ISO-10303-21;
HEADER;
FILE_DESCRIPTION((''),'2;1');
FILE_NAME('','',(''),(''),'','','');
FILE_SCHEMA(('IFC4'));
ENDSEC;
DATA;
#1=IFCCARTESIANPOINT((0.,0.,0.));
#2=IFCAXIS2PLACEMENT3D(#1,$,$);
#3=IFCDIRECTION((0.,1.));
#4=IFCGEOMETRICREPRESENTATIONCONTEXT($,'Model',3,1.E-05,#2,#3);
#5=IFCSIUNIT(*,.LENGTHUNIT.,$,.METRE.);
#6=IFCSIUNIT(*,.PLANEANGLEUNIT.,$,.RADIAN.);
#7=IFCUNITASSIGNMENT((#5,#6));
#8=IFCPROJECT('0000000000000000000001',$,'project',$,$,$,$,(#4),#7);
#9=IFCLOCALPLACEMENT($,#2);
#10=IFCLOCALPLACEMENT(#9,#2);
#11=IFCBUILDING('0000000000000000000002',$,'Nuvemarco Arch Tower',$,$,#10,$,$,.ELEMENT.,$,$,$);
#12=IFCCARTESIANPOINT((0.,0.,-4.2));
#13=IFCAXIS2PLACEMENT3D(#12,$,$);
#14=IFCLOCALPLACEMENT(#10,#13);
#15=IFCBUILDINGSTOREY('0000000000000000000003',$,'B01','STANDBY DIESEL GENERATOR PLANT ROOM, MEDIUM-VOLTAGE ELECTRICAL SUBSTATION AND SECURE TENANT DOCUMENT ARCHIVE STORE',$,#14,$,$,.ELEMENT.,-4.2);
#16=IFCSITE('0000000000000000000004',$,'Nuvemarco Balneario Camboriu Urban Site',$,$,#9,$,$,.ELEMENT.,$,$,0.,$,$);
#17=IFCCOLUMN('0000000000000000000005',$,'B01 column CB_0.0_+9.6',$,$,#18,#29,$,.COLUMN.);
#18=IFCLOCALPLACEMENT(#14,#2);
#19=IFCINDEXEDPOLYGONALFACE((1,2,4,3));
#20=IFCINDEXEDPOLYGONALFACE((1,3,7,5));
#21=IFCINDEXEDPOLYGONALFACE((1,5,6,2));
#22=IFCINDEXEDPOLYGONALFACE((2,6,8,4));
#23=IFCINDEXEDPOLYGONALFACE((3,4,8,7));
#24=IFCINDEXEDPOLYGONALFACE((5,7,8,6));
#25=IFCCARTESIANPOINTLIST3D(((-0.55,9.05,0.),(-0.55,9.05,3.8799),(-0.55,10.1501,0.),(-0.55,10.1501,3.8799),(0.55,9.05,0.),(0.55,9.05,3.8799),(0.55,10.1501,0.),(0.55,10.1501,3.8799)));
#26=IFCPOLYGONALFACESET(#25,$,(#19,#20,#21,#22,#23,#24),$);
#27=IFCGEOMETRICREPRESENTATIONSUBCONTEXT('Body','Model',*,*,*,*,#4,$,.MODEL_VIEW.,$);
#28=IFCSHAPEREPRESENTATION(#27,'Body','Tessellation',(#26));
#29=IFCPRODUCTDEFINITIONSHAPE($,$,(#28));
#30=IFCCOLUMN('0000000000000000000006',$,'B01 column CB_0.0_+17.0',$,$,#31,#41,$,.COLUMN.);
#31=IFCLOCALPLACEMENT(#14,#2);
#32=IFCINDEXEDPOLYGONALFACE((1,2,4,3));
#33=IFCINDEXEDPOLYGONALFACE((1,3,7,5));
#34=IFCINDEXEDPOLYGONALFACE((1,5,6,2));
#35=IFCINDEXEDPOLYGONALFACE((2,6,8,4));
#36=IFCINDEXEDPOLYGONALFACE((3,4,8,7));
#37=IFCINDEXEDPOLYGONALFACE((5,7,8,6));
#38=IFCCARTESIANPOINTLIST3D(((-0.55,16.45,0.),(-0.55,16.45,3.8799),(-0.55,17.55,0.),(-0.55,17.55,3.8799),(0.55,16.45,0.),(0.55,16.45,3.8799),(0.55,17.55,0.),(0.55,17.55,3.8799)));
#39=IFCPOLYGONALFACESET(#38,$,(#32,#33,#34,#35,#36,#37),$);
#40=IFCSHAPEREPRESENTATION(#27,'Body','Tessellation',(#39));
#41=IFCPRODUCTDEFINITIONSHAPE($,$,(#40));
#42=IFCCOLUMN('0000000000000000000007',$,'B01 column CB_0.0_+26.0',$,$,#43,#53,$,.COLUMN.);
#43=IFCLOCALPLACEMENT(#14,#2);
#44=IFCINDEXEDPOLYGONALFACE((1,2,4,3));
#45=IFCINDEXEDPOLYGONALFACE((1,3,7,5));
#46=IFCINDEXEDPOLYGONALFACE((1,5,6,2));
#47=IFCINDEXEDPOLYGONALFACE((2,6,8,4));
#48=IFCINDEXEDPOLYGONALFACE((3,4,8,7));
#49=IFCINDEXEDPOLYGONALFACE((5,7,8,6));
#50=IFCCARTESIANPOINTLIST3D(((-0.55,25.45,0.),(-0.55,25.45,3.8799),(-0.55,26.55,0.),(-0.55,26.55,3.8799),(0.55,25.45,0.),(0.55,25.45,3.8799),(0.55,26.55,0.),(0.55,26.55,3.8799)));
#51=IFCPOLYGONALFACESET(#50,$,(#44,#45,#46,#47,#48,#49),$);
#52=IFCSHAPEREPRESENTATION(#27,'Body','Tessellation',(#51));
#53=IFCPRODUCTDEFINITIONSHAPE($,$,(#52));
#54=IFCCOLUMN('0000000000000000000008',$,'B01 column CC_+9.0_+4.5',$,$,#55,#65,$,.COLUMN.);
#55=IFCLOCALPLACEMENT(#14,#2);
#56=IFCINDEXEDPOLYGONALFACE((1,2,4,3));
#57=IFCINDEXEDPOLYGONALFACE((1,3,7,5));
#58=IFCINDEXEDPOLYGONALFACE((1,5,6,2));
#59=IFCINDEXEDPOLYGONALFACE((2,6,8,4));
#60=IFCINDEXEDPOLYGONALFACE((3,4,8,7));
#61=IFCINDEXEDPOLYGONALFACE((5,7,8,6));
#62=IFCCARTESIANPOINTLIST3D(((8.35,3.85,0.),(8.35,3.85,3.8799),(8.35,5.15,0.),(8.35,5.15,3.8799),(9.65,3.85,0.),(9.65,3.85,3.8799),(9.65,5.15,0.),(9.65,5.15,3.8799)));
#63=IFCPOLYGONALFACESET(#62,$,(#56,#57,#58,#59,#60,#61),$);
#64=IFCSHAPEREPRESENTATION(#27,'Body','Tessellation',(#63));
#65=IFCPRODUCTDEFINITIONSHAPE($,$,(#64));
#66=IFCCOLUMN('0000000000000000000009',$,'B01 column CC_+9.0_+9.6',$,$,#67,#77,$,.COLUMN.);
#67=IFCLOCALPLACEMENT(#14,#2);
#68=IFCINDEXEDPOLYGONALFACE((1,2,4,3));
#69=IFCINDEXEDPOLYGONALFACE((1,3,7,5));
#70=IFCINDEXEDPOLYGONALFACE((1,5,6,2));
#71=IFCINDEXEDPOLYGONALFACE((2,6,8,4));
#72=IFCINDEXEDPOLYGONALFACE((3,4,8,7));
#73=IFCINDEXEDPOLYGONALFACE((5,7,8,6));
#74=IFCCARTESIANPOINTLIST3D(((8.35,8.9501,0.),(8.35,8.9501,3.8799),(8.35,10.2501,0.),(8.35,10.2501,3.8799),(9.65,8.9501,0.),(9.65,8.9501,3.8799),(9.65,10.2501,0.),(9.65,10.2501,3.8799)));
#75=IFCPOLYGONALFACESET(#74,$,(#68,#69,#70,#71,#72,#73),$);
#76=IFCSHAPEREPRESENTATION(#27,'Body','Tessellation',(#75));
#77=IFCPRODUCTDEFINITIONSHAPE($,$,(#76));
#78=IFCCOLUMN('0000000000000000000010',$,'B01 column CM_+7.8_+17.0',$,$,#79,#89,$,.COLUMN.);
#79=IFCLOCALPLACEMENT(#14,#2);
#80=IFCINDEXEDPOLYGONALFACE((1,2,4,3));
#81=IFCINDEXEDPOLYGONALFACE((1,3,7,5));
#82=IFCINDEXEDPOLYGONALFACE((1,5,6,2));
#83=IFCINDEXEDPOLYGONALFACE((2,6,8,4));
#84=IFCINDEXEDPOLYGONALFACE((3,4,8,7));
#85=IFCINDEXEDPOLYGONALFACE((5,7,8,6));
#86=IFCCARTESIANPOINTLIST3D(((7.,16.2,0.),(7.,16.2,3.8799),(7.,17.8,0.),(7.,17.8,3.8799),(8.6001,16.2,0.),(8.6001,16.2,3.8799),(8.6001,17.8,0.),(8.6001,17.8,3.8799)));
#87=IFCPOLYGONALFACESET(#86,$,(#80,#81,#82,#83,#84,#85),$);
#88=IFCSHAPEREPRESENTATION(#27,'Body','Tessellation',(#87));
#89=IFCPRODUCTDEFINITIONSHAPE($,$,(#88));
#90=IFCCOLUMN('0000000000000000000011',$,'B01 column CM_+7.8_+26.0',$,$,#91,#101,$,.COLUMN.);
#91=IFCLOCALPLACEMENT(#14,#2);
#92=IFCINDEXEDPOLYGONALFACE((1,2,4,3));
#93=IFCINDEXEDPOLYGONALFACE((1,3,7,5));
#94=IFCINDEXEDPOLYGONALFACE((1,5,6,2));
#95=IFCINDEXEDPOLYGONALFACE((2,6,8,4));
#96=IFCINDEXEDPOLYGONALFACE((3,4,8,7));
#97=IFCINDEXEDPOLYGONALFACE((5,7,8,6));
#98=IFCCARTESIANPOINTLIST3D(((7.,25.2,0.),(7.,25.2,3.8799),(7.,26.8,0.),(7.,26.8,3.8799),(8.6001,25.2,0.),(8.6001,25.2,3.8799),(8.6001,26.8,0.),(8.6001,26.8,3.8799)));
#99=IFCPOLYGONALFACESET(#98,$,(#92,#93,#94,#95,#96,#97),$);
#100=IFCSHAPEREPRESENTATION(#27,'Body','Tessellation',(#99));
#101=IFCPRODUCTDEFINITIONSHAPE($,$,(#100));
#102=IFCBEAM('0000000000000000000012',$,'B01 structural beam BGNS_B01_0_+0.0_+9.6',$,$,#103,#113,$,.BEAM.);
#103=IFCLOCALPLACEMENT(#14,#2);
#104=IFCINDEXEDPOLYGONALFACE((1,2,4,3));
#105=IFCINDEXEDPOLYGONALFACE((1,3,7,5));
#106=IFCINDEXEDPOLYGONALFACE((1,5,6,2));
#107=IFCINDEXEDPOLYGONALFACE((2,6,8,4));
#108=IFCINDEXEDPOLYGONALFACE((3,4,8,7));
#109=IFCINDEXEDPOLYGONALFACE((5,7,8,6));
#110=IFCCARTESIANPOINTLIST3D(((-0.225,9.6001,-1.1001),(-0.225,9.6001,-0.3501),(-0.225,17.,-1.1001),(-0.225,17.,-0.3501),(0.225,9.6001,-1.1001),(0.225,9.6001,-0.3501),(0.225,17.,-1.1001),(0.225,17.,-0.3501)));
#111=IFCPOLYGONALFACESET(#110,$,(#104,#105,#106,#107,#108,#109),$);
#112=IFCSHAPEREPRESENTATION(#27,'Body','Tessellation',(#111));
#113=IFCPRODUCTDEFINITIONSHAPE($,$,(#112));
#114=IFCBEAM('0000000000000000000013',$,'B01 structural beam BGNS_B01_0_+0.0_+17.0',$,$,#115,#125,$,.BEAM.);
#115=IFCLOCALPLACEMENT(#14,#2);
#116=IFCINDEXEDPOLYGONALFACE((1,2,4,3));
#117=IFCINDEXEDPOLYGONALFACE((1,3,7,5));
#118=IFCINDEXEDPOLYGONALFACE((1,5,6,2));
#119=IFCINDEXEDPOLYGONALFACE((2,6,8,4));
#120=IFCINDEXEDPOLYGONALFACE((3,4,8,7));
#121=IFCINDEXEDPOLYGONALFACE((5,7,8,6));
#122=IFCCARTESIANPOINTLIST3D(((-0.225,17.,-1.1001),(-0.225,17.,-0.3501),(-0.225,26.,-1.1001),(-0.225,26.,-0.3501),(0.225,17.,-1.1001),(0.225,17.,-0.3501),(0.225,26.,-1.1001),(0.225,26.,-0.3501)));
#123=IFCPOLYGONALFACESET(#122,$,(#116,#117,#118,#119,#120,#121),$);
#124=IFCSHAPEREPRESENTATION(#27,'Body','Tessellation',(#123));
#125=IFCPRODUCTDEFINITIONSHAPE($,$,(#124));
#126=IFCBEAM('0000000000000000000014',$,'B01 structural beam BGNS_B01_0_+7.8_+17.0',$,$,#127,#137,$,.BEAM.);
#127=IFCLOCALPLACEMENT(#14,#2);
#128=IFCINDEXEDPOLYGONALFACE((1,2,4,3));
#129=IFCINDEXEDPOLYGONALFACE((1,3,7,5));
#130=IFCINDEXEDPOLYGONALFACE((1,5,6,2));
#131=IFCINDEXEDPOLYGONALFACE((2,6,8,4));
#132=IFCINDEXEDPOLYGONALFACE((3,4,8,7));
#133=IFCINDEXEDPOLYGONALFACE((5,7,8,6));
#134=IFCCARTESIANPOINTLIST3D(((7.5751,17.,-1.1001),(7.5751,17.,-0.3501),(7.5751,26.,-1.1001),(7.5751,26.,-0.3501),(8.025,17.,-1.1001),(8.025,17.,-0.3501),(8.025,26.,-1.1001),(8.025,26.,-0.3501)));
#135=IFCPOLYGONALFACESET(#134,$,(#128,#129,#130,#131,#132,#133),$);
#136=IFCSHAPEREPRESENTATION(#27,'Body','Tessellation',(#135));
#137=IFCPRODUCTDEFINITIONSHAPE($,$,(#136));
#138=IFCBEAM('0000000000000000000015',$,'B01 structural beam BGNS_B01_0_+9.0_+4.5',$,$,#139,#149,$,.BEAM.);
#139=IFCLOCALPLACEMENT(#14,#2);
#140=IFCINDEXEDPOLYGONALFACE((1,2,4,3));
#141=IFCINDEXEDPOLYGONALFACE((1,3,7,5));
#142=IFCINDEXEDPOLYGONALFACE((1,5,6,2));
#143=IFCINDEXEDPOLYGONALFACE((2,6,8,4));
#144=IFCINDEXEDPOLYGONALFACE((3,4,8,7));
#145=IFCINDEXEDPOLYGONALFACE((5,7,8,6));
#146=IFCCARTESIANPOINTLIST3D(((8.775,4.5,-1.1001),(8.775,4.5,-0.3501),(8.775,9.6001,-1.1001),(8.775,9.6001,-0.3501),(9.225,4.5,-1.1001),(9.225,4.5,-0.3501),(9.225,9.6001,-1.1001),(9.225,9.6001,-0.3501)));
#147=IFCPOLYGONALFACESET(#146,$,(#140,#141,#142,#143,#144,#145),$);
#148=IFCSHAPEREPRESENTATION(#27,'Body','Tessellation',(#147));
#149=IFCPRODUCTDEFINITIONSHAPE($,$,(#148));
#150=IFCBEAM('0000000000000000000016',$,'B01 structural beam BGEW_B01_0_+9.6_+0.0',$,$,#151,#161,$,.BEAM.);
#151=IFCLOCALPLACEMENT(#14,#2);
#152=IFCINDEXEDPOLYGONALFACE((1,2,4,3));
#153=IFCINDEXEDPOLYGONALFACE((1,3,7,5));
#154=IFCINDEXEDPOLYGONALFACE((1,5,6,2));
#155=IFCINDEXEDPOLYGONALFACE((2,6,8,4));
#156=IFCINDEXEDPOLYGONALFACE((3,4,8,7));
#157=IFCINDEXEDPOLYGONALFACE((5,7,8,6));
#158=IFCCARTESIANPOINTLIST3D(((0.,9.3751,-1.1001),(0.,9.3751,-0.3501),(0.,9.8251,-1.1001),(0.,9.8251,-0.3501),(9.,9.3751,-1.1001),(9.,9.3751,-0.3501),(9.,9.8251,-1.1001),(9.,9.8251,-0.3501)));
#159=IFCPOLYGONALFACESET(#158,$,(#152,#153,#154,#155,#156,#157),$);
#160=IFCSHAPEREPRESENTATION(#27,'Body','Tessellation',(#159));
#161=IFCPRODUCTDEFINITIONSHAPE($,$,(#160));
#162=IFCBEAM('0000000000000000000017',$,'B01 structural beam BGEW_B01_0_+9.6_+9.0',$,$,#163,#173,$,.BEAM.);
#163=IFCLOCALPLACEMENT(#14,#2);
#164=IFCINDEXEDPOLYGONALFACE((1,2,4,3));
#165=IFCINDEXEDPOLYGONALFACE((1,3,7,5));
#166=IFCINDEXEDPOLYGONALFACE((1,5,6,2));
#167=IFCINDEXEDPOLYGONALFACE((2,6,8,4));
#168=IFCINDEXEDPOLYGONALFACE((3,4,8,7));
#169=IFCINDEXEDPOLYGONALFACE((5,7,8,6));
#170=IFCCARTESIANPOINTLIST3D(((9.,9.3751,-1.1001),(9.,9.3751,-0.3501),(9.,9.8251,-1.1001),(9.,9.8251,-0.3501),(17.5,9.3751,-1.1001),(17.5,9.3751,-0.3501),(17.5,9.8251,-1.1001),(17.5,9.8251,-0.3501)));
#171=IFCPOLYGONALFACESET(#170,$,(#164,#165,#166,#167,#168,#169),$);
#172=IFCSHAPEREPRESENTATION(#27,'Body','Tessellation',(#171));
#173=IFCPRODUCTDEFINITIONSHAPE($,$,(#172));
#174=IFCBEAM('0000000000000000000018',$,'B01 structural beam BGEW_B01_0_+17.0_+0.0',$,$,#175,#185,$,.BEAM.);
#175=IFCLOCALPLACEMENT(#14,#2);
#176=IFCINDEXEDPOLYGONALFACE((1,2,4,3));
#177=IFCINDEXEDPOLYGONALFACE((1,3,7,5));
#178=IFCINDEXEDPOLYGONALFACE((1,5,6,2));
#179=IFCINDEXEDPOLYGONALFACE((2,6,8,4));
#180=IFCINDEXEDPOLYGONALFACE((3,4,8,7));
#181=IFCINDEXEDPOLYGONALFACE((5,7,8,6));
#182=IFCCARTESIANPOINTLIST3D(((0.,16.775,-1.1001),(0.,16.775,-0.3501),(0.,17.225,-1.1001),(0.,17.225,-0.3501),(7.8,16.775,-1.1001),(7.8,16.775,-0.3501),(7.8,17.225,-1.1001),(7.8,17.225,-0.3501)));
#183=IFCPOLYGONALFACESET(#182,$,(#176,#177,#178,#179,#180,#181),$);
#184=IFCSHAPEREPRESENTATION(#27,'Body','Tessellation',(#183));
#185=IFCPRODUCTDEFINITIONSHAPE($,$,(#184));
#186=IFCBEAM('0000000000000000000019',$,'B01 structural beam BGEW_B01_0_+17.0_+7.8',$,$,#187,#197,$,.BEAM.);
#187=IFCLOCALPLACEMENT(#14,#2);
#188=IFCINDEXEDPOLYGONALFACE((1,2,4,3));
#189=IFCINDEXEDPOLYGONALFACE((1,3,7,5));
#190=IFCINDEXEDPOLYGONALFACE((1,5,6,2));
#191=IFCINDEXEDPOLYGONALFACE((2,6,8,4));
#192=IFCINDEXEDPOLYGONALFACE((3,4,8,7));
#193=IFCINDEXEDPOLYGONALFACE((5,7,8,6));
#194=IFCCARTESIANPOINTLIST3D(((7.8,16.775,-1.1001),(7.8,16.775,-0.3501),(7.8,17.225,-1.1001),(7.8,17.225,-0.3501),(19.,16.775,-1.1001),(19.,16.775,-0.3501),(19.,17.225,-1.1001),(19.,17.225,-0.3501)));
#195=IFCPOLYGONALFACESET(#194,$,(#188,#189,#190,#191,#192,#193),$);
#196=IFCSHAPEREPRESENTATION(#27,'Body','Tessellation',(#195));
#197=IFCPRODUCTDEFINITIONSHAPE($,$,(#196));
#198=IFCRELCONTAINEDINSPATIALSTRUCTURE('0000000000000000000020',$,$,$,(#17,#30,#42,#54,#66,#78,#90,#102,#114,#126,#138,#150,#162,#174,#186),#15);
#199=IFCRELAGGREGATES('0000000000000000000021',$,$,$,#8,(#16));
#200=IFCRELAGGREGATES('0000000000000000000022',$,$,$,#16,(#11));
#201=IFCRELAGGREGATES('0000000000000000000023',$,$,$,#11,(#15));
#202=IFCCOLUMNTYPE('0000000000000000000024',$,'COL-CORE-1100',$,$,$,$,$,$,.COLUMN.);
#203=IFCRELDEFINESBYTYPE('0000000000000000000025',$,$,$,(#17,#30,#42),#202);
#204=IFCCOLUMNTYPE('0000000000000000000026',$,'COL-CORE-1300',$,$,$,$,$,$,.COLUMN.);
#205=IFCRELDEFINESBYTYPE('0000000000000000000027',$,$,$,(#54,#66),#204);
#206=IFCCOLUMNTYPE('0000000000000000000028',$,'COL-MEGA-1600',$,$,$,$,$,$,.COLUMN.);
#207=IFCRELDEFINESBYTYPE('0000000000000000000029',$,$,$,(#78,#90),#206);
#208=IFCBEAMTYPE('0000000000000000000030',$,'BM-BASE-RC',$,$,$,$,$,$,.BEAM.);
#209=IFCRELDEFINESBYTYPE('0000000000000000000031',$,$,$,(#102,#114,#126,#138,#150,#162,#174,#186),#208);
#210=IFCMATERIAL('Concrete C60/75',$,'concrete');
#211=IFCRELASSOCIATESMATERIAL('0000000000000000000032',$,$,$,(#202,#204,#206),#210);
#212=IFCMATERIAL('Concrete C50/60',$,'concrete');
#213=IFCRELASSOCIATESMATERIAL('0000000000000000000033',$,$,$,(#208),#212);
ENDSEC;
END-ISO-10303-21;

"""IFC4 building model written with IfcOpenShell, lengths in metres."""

from ifc_helpers import new_model, si_unit, direction, frame, origin, origin_2d, place, context, subcontext, project, spatial, rectangle, extrude, material, material_profile, profile_set, type_object, element, save


model = new_model("IFC4")

# Units and contexts
model_context = context("Model", 3, precision=1e-05, world=origin(), true_north=direction((0.0, 1.0)))
body_context = subcontext(model_context, "Body", "Model", "MODEL_VIEW")
ifc_project = project(units=[si_unit("LENGTHUNIT", "METRE"), si_unit("PLANEANGLEUNIT", "RADIAN")], contexts=[model_context])

# Site, building, storey
site_placement = place(None, origin())
site = spatial("IfcSite", under=ifc_project, at=site_placement, Name="Nuvemarco Balneario Camboriu Urban Site", CompositionType="ELEMENT", RefElevation=0.0)
building_placement = place(site_placement, origin())
building = spatial("IfcBuilding", under=site, at=building_placement, Name="Nuvemarco Arch Tower", CompositionType="ELEMENT")
storey_placement = place(building_placement, frame((0.0, 0.0, -4.2)))
storey = spatial("IfcBuildingStorey", under=building, at=storey_placement, Name="B01", Description="STANDBY DIESEL GENERATOR PLANT ROOM, MEDIUM-VOLTAGE ELECTRICAL SUBSTATION AND SECURE TENANT DOCUMENT ARCHIVE STORE", CompositionType="ELEMENT", Elevation=-4.2)

# Columns
ifc_material_1 = material(Name="Concrete C60/75", Category="concrete")
ifc_material_profile_1 = material_profile(ifc_material_1, rectangle(XDim=1.1001, YDim=1.1001, at=origin_2d()), Name="RC-COL-1100x1100")
ifc_profile_set_1 = profile_set([ifc_material_profile_1], Name="Concrete C60/75")
column_type_1 = type_object("IfcColumnType", Name="COL-CORE-1100", PredefinedType="COLUMN", material=ifc_profile_set_1)
for number, where, z_axis, x_axis, name in (
    (1, (0.0, 9.6001, 0.0), (0.0, 0.0, 1.0), (1.0, 0.0, 0.0), "B01 column CB_0.0_+9.6"),
    (2, (0.0, 17.0, 0.0), (0.0, 0.0, 1.0), (1.0, 0.0, 0.0), "B01 column CB_0.0_+17.0"),
    (3, (0.0, 26.0, 0.0), (0.0, 0.0, 1.0), (1.0, 0.0, 0.0), "B01 column CB_0.0_+26.0"),
):
    element("IfcColumn", number, at=place(storey_placement, frame(where, z_axis=z_axis, x_axis=x_axis)), inside=storey, type_object=column_type_1, Name=name, PredefinedType="COLUMN", context=body_context, shape_type="SweptSolid", body=[
        extrude(rectangle(XDim=1.1001, YDim=1.1001, at=origin_2d()), origin(), (0.0, 0.0, 1.0), 3.8799),
    ])
ifc_material_profile_2 = material_profile(ifc_material_1, rectangle(XDim=1.3, YDim=1.3, at=origin_2d()), Name="RC-COL-1300x1300")
ifc_profile_set_2 = profile_set([ifc_material_profile_2], Name="Concrete C60/75")
column_type_2 = type_object("IfcColumnType", Name="COL-CORE-1300", PredefinedType="COLUMN", material=ifc_profile_set_2)
for number, where, z_axis, x_axis, name in (
    (4, (9.0, 4.5, 0.0), (0.0, 0.0, 1.0), (1.0, 0.0, 0.0), "B01 column CC_+9.0_+4.5"),
    (5, (9.0, 9.6001, 0.0), (0.0, 0.0, 1.0), (1.0, 0.0, 0.0), "B01 column CC_+9.0_+9.6"),
):
    element("IfcColumn", number, at=place(storey_placement, frame(where, z_axis=z_axis, x_axis=x_axis)), inside=storey, type_object=column_type_2, Name=name, PredefinedType="COLUMN", context=body_context, shape_type="SweptSolid", body=[
        extrude(rectangle(XDim=1.3, YDim=1.3, at=origin_2d()), origin(), (0.0, 0.0, 1.0), 3.8799),
    ])
ifc_material_profile_3 = material_profile(ifc_material_1, rectangle(XDim=1.6001, YDim=1.6001, at=origin_2d()), Name="RC-COL-1600x1600")
ifc_profile_set_3 = profile_set([ifc_material_profile_3], Name="Concrete C60/75")
column_type_3 = type_object("IfcColumnType", Name="COL-MEGA-1600", PredefinedType="COLUMN", material=ifc_profile_set_3)
for number, where, z_axis, x_axis, name in (
    (6, (7.8, 17.0, 0.0), (0.0, 0.0, 1.0), (1.0, 0.0, 0.0), "B01 column CM_+7.8_+17.0"),
    (7, (7.8, 26.0, 0.0), (0.0, 0.0, 1.0), (1.0, 0.0, 0.0), "B01 column CM_+7.8_+26.0"),
):
    element("IfcColumn", number, at=place(storey_placement, frame(where, z_axis=z_axis, x_axis=x_axis)), inside=storey, type_object=column_type_3, Name=name, PredefinedType="COLUMN", context=body_context, shape_type="SweptSolid", body=[
        extrude(rectangle(XDim=1.6001, YDim=1.6001, at=origin_2d()), origin(), (0.0, 0.0, 1.0), 3.8799),
    ])

# Beams
ifc_material_2 = material(Name="Concrete C50/60", Category="concrete")
ifc_material_profile_4 = material_profile(ifc_material_2, rectangle(XDim=0.45, YDim=0.75, at=origin_2d()), Name="RC-BM-450x750")
ifc_profile_set_4 = profile_set([ifc_material_profile_4], Name="Concrete C50/60")
beam_type_1 = type_object("IfcBeamType", Name="BM-BASE-RC", PredefinedType="BEAM", material=ifc_profile_set_4)
beam_1_placement = place(storey_placement, frame((0.0, 9.6001, -0.7251), z_axis=(0.0, 1.0, 0.0), x_axis=(-1.0, 0.0, 0.0)))
element("IfcBeam", 8, at=beam_1_placement, inside=storey, type_object=beam_type_1, Name="B01 structural beam BGNS_B01_0_+0.0_+9.6", PredefinedType="BEAM", context=body_context, shape_type="SweptSolid", body=[
    extrude(rectangle(XDim=0.45, YDim=0.75, at=origin_2d()), origin(), (0.0, 0.0, 1.0), 7.3999),
])
for number, where, z_axis, x_axis, name in (
    (9, (0.0, 17.0, -0.7251), (0.0, 1.0, 0.0), (-1.0, 0.0, 0.0), "B01 structural beam BGNS_B01_0_+0.0_+17.0"),
    (10, (7.8, 17.0, -0.7251), (0.0, 1.0, 0.0), (-1.0, 0.0, 0.0), "B01 structural beam BGNS_B01_0_+7.8_+17.0"),
):
    element("IfcBeam", number, at=place(storey_placement, frame(where, z_axis=z_axis, x_axis=x_axis)), inside=storey, type_object=beam_type_1, Name=name, PredefinedType="BEAM", context=body_context, shape_type="SweptSolid", body=[
        extrude(rectangle(XDim=0.45, YDim=0.75, at=origin_2d()), origin(), (0.0, 0.0, 1.0), 9.0),
    ])
beam_2_placement = place(storey_placement, frame((9.0, 4.5, -0.7251), z_axis=(0.0, 1.0, 0.0), x_axis=(-1.0, 0.0, 0.0)))
element("IfcBeam", 11, at=beam_2_placement, inside=storey, type_object=beam_type_1, Name="B01 structural beam BGNS_B01_0_+9.0_+4.5", PredefinedType="BEAM", context=body_context, shape_type="SweptSolid", body=[
    extrude(rectangle(XDim=0.45, YDim=0.75, at=origin_2d()), origin(), (0.0, 0.0, 1.0), 5.1001),
])
beam_3_placement = place(storey_placement, frame((0.0, 9.6001, -0.7251), z_axis=(1.0, 0.0, 0.0), x_axis=(0.0, 1.0, 0.0)))
element("IfcBeam", 12, at=beam_3_placement, inside=storey, type_object=beam_type_1, Name="B01 structural beam BGEW_B01_0_+9.6_+0.0", PredefinedType="BEAM", context=body_context, shape_type="SweptSolid", body=[
    extrude(rectangle(XDim=0.45, YDim=0.75, at=origin_2d()), origin(), (0.0, 0.0, 1.0), 9.0),
])
beam_4_placement = place(storey_placement, frame((9.0, 9.6001, -0.7251), z_axis=(1.0, 0.0, 0.0), x_axis=(0.0, 1.0, 0.0)))
element("IfcBeam", 13, at=beam_4_placement, inside=storey, type_object=beam_type_1, Name="B01 structural beam BGEW_B01_0_+9.6_+9.0", PredefinedType="BEAM", context=body_context, shape_type="SweptSolid", body=[
    extrude(rectangle(XDim=0.45, YDim=0.75, at=origin_2d()), origin(), (0.0, 0.0, 1.0), 8.5),
])
beam_5_placement = place(storey_placement, frame((0.0, 17.0, -0.7251), z_axis=(1.0, 0.0, 0.0), x_axis=(0.0, 1.0, 0.0)))
element("IfcBeam", 14, at=beam_5_placement, inside=storey, type_object=beam_type_1, Name="B01 structural beam BGEW_B01_0_+17.0_+0.0", PredefinedType="BEAM", context=body_context, shape_type="SweptSolid", body=[
    extrude(rectangle(XDim=0.45, YDim=0.75, at=origin_2d()), origin(), (0.0, 0.0, 1.0), 7.8),
])
beam_6_placement = place(storey_placement, frame((7.8, 17.0, -0.7251), z_axis=(1.0, 0.0, 0.0), x_axis=(0.0, 1.0, 0.0)))
element("IfcBeam", 15, at=beam_6_placement, inside=storey, type_object=beam_type_1, Name="B01 structural beam BGEW_B01_0_+17.0_+7.8", PredefinedType="BEAM", context=body_context, shape_type="SweptSolid", body=[
    extrude(rectangle(XDim=0.45, YDim=0.75, at=origin_2d()), origin(), (0.0, 0.0, 1.0), 11.2),
])

save(model, "model.ifc")
